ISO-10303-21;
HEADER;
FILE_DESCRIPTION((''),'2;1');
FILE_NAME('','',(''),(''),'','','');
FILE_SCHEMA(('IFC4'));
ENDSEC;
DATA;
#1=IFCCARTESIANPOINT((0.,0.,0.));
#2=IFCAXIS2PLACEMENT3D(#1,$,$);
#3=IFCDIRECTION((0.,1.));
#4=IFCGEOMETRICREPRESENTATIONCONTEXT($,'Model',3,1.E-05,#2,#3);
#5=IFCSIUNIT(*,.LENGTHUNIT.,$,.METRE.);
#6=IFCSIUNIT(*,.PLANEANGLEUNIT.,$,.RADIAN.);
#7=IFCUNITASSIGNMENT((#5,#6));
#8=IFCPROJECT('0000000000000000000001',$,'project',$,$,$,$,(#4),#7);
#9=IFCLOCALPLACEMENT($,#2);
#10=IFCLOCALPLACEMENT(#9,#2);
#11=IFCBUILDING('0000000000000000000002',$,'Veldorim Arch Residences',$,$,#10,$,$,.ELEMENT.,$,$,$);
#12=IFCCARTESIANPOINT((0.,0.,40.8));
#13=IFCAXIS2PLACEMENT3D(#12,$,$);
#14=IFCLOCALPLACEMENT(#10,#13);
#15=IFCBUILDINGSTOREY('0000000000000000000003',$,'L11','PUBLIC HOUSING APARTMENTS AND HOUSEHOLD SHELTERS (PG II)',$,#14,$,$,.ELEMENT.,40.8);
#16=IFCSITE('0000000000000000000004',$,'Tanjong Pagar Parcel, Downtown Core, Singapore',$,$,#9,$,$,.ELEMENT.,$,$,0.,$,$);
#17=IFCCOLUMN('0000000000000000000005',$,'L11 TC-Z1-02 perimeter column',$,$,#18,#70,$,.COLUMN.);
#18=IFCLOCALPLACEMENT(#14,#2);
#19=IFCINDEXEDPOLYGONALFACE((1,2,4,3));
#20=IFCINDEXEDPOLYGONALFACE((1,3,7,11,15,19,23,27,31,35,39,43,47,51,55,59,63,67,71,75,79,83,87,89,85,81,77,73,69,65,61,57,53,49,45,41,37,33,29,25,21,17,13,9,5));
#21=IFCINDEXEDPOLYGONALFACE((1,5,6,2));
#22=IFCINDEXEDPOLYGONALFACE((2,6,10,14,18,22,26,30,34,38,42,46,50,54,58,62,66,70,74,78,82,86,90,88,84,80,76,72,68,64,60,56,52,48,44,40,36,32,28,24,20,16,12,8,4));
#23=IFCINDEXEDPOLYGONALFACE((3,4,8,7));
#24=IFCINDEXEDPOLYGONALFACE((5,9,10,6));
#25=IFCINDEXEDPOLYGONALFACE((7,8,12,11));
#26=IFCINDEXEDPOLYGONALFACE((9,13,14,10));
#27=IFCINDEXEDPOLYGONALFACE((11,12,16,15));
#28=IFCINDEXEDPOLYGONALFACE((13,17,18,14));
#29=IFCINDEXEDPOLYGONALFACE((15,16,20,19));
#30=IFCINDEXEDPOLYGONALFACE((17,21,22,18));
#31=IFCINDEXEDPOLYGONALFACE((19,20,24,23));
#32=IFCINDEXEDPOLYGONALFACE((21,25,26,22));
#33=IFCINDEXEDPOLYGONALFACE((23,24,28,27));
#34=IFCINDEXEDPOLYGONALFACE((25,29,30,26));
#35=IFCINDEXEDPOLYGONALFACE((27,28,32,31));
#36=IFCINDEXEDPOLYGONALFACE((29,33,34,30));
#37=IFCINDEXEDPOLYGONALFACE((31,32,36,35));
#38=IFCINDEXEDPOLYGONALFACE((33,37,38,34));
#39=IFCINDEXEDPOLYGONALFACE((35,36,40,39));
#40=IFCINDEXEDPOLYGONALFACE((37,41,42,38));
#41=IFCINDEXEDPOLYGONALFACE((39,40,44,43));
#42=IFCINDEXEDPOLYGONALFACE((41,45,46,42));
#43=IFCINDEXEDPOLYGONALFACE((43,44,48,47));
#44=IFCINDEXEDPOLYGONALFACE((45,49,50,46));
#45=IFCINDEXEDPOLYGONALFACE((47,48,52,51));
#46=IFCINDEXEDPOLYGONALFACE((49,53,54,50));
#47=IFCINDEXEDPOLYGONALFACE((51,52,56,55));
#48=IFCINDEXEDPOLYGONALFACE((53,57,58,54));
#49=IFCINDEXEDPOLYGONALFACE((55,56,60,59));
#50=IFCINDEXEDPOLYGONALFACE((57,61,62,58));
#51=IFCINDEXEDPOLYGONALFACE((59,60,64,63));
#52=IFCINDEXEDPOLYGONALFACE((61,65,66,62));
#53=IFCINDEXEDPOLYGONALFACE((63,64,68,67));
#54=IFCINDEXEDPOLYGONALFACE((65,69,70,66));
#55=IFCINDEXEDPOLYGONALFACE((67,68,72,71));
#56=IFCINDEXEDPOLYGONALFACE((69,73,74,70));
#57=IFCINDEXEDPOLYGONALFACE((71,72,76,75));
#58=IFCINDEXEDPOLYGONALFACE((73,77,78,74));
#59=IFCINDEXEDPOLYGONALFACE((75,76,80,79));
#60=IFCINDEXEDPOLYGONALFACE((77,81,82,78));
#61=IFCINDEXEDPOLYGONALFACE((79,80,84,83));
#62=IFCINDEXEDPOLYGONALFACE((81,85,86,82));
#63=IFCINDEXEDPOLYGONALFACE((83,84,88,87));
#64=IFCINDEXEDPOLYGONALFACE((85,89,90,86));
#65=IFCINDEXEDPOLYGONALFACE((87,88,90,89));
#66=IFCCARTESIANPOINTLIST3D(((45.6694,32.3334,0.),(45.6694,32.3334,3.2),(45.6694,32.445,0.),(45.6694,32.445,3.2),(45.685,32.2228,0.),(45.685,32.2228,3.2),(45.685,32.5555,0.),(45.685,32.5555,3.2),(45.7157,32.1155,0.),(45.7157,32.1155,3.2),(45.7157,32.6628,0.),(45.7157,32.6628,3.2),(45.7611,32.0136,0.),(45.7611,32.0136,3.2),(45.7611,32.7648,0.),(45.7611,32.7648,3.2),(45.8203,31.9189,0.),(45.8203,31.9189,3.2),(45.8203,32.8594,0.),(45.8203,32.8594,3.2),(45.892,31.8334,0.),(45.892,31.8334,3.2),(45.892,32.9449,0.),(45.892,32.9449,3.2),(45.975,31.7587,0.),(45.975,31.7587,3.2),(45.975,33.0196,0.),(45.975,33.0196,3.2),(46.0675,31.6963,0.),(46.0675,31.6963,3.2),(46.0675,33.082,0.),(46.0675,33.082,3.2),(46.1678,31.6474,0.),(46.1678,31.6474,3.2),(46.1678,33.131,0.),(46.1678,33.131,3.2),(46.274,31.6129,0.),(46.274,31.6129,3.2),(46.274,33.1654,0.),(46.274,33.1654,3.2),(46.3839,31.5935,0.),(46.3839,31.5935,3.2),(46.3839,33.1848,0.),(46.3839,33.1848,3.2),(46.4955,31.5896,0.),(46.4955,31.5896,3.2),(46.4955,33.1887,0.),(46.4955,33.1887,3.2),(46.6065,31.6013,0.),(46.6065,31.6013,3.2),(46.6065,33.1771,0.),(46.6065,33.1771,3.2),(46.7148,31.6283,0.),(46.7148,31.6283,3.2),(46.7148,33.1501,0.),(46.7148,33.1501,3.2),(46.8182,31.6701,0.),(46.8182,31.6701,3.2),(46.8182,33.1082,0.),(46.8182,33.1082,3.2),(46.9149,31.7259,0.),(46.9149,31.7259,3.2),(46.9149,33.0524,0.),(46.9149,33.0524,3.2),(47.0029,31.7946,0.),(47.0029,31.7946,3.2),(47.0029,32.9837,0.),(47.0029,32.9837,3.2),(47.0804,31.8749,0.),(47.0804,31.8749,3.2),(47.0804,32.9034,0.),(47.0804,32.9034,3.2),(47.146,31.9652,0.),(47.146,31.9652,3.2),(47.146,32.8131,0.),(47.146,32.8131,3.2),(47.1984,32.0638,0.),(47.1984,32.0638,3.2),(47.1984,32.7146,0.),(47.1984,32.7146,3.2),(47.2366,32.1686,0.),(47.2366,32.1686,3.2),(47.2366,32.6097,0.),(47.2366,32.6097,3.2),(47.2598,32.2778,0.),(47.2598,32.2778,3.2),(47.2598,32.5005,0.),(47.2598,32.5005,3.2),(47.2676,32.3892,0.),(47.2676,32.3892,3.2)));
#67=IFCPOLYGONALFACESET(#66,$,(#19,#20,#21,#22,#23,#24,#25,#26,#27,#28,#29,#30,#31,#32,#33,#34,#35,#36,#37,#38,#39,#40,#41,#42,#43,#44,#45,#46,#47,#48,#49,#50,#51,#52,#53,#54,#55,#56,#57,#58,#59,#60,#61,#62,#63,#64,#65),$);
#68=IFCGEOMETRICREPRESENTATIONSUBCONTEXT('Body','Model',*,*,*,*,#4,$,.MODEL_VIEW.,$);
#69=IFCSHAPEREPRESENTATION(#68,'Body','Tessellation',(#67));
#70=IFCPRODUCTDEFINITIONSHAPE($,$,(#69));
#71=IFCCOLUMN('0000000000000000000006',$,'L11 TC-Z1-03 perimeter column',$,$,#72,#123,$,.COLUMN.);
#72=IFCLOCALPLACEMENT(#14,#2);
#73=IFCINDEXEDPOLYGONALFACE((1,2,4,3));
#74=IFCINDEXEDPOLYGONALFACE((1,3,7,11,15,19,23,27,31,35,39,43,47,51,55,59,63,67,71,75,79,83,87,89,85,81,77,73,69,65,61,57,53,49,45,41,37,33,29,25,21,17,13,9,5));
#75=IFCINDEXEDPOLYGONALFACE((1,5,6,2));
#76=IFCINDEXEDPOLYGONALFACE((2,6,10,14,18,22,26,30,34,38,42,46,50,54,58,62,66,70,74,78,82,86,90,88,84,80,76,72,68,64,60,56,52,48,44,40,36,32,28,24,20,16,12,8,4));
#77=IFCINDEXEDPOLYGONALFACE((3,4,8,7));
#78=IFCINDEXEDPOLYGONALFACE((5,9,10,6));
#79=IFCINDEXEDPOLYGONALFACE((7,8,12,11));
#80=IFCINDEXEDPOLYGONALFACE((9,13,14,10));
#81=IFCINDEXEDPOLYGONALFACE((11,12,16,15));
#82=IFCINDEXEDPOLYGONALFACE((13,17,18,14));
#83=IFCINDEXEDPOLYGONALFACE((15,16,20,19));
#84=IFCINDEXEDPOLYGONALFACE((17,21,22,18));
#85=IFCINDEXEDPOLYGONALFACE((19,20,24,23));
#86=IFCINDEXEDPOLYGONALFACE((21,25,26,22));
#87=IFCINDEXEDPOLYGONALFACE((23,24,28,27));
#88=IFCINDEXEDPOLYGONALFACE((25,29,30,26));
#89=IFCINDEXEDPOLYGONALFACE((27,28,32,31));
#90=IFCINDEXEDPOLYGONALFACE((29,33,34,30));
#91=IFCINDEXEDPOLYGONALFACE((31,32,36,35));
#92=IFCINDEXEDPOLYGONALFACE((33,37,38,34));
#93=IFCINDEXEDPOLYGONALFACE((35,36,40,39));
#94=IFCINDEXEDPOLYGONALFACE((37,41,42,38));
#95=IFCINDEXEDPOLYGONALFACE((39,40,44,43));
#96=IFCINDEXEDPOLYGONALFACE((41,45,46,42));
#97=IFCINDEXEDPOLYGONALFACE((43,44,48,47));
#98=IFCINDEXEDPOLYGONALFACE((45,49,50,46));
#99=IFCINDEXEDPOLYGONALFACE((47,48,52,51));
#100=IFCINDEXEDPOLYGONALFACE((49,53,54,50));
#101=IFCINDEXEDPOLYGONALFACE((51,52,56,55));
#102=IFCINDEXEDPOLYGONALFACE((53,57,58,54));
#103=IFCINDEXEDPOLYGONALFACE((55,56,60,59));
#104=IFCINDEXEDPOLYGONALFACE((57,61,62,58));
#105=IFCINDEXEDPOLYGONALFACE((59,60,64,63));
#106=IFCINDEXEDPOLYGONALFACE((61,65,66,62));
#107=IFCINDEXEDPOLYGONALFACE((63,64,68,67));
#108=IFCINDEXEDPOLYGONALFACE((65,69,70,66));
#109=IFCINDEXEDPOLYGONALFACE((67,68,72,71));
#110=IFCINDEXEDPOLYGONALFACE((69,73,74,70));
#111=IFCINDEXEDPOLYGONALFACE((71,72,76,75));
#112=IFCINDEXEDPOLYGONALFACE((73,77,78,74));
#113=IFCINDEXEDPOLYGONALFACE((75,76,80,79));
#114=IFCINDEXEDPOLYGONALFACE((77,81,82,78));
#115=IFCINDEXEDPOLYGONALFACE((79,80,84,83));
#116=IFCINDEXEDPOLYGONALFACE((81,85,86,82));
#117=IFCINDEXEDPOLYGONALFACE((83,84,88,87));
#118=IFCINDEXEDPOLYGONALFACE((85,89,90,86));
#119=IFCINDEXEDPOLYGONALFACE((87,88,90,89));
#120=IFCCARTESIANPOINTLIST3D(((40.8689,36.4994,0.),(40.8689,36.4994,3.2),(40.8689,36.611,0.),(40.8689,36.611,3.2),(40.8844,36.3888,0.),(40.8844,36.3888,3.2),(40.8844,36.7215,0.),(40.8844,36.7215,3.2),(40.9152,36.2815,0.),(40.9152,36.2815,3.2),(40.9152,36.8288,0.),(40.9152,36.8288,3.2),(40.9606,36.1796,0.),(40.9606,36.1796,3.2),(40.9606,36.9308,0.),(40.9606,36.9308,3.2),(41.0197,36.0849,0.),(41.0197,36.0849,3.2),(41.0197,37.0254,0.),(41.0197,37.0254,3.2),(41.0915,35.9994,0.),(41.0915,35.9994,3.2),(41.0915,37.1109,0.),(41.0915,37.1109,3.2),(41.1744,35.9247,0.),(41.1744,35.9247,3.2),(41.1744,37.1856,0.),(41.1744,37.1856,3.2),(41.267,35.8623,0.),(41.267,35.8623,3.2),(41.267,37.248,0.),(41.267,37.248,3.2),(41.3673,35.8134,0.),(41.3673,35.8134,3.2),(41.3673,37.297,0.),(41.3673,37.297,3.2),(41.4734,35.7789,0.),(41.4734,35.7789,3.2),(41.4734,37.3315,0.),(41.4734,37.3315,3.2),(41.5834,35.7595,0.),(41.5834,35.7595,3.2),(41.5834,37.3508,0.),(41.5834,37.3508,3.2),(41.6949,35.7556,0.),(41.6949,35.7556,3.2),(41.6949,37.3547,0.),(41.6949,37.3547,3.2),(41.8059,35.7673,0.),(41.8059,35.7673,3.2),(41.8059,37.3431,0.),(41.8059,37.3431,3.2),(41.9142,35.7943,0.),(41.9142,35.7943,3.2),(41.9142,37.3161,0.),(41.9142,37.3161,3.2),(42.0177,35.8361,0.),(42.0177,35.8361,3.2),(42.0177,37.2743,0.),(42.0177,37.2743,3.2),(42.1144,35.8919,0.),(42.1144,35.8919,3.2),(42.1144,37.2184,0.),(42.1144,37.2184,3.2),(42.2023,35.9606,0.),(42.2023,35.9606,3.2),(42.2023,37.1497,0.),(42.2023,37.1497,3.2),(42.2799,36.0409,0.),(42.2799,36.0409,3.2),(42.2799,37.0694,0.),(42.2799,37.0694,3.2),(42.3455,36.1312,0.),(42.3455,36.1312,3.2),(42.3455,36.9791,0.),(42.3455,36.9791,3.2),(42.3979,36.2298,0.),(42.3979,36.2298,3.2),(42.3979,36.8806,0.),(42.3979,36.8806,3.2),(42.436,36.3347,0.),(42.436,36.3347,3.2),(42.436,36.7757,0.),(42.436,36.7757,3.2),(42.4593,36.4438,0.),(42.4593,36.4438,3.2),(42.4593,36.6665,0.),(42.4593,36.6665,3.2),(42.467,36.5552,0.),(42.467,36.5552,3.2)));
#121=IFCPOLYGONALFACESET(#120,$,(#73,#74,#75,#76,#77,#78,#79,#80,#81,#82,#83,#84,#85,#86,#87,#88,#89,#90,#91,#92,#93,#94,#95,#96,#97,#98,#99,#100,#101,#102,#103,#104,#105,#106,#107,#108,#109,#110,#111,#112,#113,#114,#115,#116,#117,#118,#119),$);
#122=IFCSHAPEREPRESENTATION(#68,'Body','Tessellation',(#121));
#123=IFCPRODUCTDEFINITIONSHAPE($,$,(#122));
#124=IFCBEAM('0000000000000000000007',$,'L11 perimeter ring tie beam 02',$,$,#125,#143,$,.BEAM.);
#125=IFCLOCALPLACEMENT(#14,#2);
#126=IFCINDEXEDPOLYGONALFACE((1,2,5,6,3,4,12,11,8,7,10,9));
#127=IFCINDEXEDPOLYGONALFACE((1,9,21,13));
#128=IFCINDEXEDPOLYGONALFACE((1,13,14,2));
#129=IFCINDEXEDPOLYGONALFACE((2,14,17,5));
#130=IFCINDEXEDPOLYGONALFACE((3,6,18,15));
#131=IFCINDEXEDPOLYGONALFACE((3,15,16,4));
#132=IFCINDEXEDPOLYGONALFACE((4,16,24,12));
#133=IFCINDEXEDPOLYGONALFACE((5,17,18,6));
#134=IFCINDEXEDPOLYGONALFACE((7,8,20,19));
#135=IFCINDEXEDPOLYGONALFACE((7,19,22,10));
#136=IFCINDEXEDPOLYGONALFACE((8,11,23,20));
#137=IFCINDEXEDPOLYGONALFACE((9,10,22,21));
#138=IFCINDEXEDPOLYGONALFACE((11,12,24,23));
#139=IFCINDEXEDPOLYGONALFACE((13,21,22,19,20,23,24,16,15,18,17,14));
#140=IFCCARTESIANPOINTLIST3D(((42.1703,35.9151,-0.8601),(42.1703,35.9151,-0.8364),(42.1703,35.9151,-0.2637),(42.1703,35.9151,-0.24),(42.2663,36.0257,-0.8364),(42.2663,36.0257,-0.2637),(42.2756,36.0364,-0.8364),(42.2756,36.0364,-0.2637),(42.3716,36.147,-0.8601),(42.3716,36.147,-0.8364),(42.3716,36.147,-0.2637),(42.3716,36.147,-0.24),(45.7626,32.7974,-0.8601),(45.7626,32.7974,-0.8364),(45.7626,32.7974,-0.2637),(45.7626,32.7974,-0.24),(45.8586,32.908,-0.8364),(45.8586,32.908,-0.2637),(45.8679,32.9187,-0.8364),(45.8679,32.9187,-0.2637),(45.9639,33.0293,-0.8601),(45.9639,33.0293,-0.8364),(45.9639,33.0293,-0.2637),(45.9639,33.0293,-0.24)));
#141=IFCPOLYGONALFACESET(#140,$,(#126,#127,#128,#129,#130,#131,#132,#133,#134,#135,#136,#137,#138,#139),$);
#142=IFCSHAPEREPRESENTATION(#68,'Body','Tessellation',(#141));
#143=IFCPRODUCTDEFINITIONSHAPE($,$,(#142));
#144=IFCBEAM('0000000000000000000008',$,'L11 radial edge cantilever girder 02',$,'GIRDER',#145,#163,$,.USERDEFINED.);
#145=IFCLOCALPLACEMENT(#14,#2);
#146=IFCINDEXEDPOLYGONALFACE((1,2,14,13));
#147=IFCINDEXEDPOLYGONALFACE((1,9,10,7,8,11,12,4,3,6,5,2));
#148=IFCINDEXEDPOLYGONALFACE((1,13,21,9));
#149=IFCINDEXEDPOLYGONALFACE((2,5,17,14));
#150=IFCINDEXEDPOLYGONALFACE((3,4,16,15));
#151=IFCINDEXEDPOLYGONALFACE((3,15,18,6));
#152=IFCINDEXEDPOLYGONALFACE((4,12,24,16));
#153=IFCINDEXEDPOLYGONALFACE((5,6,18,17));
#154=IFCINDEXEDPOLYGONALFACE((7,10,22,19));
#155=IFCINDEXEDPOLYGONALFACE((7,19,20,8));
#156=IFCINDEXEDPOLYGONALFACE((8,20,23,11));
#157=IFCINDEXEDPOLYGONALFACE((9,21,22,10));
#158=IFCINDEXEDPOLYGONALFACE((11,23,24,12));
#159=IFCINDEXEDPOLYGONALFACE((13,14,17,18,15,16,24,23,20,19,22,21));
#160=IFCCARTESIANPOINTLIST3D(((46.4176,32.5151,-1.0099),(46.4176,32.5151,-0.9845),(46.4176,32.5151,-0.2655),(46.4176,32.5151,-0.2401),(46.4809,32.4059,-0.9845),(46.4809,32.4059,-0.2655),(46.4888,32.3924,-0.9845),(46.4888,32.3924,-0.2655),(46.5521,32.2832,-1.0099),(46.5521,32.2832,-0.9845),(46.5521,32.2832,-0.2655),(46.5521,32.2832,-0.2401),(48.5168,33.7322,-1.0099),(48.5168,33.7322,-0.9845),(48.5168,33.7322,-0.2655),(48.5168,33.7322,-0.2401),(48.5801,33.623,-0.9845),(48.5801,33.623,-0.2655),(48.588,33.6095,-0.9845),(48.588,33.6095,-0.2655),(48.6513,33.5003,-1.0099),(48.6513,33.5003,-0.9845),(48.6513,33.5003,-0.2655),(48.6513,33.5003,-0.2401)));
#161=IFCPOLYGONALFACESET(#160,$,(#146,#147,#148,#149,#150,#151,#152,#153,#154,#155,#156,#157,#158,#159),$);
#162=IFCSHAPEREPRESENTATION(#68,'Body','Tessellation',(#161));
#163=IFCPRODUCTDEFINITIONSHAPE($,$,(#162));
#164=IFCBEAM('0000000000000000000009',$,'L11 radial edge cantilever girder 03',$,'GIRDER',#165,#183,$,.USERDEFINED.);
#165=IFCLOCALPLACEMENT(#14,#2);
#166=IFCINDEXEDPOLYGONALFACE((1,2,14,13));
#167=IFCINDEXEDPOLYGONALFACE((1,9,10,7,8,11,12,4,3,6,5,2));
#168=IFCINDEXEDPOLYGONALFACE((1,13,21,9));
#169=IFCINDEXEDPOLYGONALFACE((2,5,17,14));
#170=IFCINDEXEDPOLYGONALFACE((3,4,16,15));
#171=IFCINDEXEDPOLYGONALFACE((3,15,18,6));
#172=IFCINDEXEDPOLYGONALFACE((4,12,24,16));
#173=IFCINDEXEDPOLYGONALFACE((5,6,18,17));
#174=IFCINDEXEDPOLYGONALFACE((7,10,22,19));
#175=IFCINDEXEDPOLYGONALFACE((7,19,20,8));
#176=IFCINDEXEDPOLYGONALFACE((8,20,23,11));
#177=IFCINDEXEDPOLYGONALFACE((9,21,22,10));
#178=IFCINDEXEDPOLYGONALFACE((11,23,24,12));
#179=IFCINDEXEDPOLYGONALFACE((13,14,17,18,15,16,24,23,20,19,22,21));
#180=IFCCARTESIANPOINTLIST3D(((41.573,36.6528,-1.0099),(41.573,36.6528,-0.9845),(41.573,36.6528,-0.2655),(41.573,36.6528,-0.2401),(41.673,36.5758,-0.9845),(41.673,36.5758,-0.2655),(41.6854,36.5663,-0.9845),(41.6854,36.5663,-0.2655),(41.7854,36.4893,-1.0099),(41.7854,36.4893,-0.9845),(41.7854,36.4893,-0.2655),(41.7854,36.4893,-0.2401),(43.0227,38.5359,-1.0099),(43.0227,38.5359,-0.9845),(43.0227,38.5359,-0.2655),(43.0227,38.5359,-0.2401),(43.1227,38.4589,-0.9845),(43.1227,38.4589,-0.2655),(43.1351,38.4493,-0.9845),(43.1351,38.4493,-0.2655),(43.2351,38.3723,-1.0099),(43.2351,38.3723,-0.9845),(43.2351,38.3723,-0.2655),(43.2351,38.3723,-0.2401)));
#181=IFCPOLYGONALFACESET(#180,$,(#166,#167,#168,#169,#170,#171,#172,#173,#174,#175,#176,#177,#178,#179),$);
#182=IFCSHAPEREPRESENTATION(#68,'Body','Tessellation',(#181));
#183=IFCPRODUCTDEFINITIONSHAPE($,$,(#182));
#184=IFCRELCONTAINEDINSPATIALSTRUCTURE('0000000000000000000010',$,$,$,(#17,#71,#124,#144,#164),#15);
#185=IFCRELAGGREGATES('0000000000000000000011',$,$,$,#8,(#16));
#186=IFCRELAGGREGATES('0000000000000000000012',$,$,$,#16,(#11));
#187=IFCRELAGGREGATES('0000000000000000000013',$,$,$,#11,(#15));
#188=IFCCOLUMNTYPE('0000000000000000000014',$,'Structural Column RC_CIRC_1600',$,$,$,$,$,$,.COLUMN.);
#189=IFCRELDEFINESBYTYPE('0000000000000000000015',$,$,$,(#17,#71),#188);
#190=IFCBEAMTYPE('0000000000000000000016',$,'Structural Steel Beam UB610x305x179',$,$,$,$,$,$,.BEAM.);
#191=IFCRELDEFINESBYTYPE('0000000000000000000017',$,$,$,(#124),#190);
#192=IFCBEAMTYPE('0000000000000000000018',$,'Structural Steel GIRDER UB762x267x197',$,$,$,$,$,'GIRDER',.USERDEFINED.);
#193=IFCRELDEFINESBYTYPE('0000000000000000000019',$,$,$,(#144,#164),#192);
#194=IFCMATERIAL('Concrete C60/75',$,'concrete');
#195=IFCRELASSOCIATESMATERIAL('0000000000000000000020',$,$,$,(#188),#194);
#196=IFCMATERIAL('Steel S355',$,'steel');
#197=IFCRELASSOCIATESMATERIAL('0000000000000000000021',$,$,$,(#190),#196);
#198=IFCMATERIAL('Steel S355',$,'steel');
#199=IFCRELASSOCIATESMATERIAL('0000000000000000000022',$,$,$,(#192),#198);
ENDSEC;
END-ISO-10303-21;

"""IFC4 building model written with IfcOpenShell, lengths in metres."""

from ifc_helpers import new_model, si_unit, direction, frame, origin, origin_2d, place, context, subcontext, project, spatial, circle, i_section, extrude, material, material_profile, profile_set, type_object, element, save


model = new_model("IFC4")

# Units and contexts
model_context = context("Model", 3, precision=1e-05, world=origin(), true_north=direction((0.0, 1.0)))
body_context = subcontext(model_context, "Body", "Model", "MODEL_VIEW")
ifc_project = project(units=[si_unit("LENGTHUNIT", "METRE"), si_unit("PLANEANGLEUNIT", "RADIAN")], contexts=[model_context])

# Site, building, storey
site_placement = place(None, origin())
site = spatial("IfcSite", under=ifc_project, at=site_placement, Name="Tanjong Pagar Parcel, Downtown Core, Singapore", CompositionType="ELEMENT", RefElevation=0.0)
building_placement = place(site_placement, origin())
building = spatial("IfcBuilding", under=site, at=building_placement, Name="Veldorim Arch Residences", CompositionType="ELEMENT")
storey_placement = place(building_placement, frame((0.0, 0.0, 40.8)))
storey = spatial("IfcBuildingStorey", under=building, at=storey_placement, Name="L11", Description="PUBLIC HOUSING APARTMENTS AND HOUSEHOLD SHELTERS (PG II)", CompositionType="ELEMENT", Elevation=40.8)

# Columns
ifc_material_1 = material(Name="Concrete C60/75", Category="concrete")
ifc_material_profile_1 = material_profile(ifc_material_1, circle(Radius=0.8, at=origin_2d()), Name="RC_CIRC_1600")
ifc_profile_set_1 = profile_set([ifc_material_profile_1], Name="Concrete C60/75")
column_type = type_object("IfcColumnType", Name="Structural Column RC_CIRC_1600", PredefinedType="COLUMN", material=ifc_profile_set_1)
for number, where, z_axis, x_axis, name in (
    (1, (46.4675, 32.3892, 0.0), (0.0, 0.0, 1.0), (1.0, 0.0, 0.0), "L11 TC-Z1-02 perimeter column"),
    (2, (41.667, 36.5552, 0.0), (0.0, 0.0, 1.0), (1.0, 0.0, 0.0), "L11 TC-Z1-03 perimeter column"),
):
    element("IfcColumn", number, at=place(storey_placement, frame(where, z_axis=z_axis, x_axis=x_axis)), inside=storey, type_object=column_type, Name=name, PredefinedType="COLUMN", context=body_context, shape_type="SweptSolid", body=[
        extrude(circle(Radius=0.8, at=origin_2d()), origin(), (0.0, 0.0, 1.0), 3.2),
    ])

# Beams
ifc_material_2 = material(Name="Steel S355", Category="steel")
ifc_material_profile_2 = material_profile(ifc_material_2, i_section(OverallWidth=0.3071, OverallDepth=0.6201, WebThickness=0.0142, FlangeThickness=0.0237, at=origin_2d()), Name="UB610x305x179")
ifc_profile_set_2 = profile_set([ifc_material_profile_2], Name="Steel S355")
beam_type_1 = type_object("IfcBeamType", Name="Structural Steel Beam UB610x305x179", PredefinedType="BEAM", material=ifc_profile_set_2)
beam_1_placement = place(storey_placement, frame((45.8633, 32.9133, -0.55), z_axis=(-0.755235, 0.655454, 0.0), x_axis=(-0.655454, -0.755235, 0.0)))
element("IfcBeam", 3, at=beam_1_placement, inside=storey, type_object=beam_type_1, Name="L11 perimeter ring tie beam 02", PredefinedType="BEAM", context=body_context, shape_type="SweptSolid", body=[
    extrude(i_section(OverallWidth=0.3071, OverallDepth=0.6201, WebThickness=0.0142, FlangeThickness=0.0237, at=origin_2d()), origin(), (0.0, 0.0, 1.0), 4.7566),
])
ifc_material_3 = material(Name="Steel S355", Category="steel")
ifc_material_profile_3 = material_profile(ifc_material_3, i_section(OverallWidth=0.2681, OverallDepth=0.7698, WebThickness=0.0156, FlangeThickness=0.0254, at=origin_2d()), Name="UB762x267x197")
ifc_profile_set_3 = profile_set([ifc_material_profile_3], Name="Steel S355")
beam_type_2 = type_object("IfcBeamType", Name="Structural Steel GIRDER UB762x267x197", ElementType="GIRDER", PredefinedType="USERDEFINED", material=ifc_profile_set_3)
beam_2_placement = place(storey_placement, frame((46.4849, 32.3992, -0.625), z_axis=(0.865112, 0.50158, 0.0), x_axis=(-0.50158, 0.865112, 0.0)))
element("IfcBeam", 4, at=beam_2_placement, inside=storey, type_object=beam_type_2, Name="L11 radial edge cantilever girder 02", ObjectType="GIRDER", PredefinedType="USERDEFINED", context=body_context, shape_type="SweptSolid", body=[
    extrude(i_section(OverallWidth=0.2681, OverallDepth=0.7698, WebThickness=0.0156, FlangeThickness=0.0254, at=origin_2d()), origin(), (0.0, 0.0, 1.0), 2.4265),
])
beam_3_placement = place(storey_placement, frame((41.6792, 36.571, -0.625), z_axis=(0.610028, 0.79238, 0.0), x_axis=(-0.79238, 0.610028, 0.0)))
element("IfcBeam", 5, at=beam_3_placement, inside=storey, type_object=beam_type_2, Name="L11 radial edge cantilever girder 03", ObjectType="GIRDER", PredefinedType="USERDEFINED", context=body_context, shape_type="SweptSolid", body=[
    extrude(i_section(OverallWidth=0.2681, OverallDepth=0.7698, WebThickness=0.0156, FlangeThickness=0.0254, at=origin_2d()), origin(), (0.0, 0.0, 1.0), 2.3765),
])

save(model, "model.ifc")
